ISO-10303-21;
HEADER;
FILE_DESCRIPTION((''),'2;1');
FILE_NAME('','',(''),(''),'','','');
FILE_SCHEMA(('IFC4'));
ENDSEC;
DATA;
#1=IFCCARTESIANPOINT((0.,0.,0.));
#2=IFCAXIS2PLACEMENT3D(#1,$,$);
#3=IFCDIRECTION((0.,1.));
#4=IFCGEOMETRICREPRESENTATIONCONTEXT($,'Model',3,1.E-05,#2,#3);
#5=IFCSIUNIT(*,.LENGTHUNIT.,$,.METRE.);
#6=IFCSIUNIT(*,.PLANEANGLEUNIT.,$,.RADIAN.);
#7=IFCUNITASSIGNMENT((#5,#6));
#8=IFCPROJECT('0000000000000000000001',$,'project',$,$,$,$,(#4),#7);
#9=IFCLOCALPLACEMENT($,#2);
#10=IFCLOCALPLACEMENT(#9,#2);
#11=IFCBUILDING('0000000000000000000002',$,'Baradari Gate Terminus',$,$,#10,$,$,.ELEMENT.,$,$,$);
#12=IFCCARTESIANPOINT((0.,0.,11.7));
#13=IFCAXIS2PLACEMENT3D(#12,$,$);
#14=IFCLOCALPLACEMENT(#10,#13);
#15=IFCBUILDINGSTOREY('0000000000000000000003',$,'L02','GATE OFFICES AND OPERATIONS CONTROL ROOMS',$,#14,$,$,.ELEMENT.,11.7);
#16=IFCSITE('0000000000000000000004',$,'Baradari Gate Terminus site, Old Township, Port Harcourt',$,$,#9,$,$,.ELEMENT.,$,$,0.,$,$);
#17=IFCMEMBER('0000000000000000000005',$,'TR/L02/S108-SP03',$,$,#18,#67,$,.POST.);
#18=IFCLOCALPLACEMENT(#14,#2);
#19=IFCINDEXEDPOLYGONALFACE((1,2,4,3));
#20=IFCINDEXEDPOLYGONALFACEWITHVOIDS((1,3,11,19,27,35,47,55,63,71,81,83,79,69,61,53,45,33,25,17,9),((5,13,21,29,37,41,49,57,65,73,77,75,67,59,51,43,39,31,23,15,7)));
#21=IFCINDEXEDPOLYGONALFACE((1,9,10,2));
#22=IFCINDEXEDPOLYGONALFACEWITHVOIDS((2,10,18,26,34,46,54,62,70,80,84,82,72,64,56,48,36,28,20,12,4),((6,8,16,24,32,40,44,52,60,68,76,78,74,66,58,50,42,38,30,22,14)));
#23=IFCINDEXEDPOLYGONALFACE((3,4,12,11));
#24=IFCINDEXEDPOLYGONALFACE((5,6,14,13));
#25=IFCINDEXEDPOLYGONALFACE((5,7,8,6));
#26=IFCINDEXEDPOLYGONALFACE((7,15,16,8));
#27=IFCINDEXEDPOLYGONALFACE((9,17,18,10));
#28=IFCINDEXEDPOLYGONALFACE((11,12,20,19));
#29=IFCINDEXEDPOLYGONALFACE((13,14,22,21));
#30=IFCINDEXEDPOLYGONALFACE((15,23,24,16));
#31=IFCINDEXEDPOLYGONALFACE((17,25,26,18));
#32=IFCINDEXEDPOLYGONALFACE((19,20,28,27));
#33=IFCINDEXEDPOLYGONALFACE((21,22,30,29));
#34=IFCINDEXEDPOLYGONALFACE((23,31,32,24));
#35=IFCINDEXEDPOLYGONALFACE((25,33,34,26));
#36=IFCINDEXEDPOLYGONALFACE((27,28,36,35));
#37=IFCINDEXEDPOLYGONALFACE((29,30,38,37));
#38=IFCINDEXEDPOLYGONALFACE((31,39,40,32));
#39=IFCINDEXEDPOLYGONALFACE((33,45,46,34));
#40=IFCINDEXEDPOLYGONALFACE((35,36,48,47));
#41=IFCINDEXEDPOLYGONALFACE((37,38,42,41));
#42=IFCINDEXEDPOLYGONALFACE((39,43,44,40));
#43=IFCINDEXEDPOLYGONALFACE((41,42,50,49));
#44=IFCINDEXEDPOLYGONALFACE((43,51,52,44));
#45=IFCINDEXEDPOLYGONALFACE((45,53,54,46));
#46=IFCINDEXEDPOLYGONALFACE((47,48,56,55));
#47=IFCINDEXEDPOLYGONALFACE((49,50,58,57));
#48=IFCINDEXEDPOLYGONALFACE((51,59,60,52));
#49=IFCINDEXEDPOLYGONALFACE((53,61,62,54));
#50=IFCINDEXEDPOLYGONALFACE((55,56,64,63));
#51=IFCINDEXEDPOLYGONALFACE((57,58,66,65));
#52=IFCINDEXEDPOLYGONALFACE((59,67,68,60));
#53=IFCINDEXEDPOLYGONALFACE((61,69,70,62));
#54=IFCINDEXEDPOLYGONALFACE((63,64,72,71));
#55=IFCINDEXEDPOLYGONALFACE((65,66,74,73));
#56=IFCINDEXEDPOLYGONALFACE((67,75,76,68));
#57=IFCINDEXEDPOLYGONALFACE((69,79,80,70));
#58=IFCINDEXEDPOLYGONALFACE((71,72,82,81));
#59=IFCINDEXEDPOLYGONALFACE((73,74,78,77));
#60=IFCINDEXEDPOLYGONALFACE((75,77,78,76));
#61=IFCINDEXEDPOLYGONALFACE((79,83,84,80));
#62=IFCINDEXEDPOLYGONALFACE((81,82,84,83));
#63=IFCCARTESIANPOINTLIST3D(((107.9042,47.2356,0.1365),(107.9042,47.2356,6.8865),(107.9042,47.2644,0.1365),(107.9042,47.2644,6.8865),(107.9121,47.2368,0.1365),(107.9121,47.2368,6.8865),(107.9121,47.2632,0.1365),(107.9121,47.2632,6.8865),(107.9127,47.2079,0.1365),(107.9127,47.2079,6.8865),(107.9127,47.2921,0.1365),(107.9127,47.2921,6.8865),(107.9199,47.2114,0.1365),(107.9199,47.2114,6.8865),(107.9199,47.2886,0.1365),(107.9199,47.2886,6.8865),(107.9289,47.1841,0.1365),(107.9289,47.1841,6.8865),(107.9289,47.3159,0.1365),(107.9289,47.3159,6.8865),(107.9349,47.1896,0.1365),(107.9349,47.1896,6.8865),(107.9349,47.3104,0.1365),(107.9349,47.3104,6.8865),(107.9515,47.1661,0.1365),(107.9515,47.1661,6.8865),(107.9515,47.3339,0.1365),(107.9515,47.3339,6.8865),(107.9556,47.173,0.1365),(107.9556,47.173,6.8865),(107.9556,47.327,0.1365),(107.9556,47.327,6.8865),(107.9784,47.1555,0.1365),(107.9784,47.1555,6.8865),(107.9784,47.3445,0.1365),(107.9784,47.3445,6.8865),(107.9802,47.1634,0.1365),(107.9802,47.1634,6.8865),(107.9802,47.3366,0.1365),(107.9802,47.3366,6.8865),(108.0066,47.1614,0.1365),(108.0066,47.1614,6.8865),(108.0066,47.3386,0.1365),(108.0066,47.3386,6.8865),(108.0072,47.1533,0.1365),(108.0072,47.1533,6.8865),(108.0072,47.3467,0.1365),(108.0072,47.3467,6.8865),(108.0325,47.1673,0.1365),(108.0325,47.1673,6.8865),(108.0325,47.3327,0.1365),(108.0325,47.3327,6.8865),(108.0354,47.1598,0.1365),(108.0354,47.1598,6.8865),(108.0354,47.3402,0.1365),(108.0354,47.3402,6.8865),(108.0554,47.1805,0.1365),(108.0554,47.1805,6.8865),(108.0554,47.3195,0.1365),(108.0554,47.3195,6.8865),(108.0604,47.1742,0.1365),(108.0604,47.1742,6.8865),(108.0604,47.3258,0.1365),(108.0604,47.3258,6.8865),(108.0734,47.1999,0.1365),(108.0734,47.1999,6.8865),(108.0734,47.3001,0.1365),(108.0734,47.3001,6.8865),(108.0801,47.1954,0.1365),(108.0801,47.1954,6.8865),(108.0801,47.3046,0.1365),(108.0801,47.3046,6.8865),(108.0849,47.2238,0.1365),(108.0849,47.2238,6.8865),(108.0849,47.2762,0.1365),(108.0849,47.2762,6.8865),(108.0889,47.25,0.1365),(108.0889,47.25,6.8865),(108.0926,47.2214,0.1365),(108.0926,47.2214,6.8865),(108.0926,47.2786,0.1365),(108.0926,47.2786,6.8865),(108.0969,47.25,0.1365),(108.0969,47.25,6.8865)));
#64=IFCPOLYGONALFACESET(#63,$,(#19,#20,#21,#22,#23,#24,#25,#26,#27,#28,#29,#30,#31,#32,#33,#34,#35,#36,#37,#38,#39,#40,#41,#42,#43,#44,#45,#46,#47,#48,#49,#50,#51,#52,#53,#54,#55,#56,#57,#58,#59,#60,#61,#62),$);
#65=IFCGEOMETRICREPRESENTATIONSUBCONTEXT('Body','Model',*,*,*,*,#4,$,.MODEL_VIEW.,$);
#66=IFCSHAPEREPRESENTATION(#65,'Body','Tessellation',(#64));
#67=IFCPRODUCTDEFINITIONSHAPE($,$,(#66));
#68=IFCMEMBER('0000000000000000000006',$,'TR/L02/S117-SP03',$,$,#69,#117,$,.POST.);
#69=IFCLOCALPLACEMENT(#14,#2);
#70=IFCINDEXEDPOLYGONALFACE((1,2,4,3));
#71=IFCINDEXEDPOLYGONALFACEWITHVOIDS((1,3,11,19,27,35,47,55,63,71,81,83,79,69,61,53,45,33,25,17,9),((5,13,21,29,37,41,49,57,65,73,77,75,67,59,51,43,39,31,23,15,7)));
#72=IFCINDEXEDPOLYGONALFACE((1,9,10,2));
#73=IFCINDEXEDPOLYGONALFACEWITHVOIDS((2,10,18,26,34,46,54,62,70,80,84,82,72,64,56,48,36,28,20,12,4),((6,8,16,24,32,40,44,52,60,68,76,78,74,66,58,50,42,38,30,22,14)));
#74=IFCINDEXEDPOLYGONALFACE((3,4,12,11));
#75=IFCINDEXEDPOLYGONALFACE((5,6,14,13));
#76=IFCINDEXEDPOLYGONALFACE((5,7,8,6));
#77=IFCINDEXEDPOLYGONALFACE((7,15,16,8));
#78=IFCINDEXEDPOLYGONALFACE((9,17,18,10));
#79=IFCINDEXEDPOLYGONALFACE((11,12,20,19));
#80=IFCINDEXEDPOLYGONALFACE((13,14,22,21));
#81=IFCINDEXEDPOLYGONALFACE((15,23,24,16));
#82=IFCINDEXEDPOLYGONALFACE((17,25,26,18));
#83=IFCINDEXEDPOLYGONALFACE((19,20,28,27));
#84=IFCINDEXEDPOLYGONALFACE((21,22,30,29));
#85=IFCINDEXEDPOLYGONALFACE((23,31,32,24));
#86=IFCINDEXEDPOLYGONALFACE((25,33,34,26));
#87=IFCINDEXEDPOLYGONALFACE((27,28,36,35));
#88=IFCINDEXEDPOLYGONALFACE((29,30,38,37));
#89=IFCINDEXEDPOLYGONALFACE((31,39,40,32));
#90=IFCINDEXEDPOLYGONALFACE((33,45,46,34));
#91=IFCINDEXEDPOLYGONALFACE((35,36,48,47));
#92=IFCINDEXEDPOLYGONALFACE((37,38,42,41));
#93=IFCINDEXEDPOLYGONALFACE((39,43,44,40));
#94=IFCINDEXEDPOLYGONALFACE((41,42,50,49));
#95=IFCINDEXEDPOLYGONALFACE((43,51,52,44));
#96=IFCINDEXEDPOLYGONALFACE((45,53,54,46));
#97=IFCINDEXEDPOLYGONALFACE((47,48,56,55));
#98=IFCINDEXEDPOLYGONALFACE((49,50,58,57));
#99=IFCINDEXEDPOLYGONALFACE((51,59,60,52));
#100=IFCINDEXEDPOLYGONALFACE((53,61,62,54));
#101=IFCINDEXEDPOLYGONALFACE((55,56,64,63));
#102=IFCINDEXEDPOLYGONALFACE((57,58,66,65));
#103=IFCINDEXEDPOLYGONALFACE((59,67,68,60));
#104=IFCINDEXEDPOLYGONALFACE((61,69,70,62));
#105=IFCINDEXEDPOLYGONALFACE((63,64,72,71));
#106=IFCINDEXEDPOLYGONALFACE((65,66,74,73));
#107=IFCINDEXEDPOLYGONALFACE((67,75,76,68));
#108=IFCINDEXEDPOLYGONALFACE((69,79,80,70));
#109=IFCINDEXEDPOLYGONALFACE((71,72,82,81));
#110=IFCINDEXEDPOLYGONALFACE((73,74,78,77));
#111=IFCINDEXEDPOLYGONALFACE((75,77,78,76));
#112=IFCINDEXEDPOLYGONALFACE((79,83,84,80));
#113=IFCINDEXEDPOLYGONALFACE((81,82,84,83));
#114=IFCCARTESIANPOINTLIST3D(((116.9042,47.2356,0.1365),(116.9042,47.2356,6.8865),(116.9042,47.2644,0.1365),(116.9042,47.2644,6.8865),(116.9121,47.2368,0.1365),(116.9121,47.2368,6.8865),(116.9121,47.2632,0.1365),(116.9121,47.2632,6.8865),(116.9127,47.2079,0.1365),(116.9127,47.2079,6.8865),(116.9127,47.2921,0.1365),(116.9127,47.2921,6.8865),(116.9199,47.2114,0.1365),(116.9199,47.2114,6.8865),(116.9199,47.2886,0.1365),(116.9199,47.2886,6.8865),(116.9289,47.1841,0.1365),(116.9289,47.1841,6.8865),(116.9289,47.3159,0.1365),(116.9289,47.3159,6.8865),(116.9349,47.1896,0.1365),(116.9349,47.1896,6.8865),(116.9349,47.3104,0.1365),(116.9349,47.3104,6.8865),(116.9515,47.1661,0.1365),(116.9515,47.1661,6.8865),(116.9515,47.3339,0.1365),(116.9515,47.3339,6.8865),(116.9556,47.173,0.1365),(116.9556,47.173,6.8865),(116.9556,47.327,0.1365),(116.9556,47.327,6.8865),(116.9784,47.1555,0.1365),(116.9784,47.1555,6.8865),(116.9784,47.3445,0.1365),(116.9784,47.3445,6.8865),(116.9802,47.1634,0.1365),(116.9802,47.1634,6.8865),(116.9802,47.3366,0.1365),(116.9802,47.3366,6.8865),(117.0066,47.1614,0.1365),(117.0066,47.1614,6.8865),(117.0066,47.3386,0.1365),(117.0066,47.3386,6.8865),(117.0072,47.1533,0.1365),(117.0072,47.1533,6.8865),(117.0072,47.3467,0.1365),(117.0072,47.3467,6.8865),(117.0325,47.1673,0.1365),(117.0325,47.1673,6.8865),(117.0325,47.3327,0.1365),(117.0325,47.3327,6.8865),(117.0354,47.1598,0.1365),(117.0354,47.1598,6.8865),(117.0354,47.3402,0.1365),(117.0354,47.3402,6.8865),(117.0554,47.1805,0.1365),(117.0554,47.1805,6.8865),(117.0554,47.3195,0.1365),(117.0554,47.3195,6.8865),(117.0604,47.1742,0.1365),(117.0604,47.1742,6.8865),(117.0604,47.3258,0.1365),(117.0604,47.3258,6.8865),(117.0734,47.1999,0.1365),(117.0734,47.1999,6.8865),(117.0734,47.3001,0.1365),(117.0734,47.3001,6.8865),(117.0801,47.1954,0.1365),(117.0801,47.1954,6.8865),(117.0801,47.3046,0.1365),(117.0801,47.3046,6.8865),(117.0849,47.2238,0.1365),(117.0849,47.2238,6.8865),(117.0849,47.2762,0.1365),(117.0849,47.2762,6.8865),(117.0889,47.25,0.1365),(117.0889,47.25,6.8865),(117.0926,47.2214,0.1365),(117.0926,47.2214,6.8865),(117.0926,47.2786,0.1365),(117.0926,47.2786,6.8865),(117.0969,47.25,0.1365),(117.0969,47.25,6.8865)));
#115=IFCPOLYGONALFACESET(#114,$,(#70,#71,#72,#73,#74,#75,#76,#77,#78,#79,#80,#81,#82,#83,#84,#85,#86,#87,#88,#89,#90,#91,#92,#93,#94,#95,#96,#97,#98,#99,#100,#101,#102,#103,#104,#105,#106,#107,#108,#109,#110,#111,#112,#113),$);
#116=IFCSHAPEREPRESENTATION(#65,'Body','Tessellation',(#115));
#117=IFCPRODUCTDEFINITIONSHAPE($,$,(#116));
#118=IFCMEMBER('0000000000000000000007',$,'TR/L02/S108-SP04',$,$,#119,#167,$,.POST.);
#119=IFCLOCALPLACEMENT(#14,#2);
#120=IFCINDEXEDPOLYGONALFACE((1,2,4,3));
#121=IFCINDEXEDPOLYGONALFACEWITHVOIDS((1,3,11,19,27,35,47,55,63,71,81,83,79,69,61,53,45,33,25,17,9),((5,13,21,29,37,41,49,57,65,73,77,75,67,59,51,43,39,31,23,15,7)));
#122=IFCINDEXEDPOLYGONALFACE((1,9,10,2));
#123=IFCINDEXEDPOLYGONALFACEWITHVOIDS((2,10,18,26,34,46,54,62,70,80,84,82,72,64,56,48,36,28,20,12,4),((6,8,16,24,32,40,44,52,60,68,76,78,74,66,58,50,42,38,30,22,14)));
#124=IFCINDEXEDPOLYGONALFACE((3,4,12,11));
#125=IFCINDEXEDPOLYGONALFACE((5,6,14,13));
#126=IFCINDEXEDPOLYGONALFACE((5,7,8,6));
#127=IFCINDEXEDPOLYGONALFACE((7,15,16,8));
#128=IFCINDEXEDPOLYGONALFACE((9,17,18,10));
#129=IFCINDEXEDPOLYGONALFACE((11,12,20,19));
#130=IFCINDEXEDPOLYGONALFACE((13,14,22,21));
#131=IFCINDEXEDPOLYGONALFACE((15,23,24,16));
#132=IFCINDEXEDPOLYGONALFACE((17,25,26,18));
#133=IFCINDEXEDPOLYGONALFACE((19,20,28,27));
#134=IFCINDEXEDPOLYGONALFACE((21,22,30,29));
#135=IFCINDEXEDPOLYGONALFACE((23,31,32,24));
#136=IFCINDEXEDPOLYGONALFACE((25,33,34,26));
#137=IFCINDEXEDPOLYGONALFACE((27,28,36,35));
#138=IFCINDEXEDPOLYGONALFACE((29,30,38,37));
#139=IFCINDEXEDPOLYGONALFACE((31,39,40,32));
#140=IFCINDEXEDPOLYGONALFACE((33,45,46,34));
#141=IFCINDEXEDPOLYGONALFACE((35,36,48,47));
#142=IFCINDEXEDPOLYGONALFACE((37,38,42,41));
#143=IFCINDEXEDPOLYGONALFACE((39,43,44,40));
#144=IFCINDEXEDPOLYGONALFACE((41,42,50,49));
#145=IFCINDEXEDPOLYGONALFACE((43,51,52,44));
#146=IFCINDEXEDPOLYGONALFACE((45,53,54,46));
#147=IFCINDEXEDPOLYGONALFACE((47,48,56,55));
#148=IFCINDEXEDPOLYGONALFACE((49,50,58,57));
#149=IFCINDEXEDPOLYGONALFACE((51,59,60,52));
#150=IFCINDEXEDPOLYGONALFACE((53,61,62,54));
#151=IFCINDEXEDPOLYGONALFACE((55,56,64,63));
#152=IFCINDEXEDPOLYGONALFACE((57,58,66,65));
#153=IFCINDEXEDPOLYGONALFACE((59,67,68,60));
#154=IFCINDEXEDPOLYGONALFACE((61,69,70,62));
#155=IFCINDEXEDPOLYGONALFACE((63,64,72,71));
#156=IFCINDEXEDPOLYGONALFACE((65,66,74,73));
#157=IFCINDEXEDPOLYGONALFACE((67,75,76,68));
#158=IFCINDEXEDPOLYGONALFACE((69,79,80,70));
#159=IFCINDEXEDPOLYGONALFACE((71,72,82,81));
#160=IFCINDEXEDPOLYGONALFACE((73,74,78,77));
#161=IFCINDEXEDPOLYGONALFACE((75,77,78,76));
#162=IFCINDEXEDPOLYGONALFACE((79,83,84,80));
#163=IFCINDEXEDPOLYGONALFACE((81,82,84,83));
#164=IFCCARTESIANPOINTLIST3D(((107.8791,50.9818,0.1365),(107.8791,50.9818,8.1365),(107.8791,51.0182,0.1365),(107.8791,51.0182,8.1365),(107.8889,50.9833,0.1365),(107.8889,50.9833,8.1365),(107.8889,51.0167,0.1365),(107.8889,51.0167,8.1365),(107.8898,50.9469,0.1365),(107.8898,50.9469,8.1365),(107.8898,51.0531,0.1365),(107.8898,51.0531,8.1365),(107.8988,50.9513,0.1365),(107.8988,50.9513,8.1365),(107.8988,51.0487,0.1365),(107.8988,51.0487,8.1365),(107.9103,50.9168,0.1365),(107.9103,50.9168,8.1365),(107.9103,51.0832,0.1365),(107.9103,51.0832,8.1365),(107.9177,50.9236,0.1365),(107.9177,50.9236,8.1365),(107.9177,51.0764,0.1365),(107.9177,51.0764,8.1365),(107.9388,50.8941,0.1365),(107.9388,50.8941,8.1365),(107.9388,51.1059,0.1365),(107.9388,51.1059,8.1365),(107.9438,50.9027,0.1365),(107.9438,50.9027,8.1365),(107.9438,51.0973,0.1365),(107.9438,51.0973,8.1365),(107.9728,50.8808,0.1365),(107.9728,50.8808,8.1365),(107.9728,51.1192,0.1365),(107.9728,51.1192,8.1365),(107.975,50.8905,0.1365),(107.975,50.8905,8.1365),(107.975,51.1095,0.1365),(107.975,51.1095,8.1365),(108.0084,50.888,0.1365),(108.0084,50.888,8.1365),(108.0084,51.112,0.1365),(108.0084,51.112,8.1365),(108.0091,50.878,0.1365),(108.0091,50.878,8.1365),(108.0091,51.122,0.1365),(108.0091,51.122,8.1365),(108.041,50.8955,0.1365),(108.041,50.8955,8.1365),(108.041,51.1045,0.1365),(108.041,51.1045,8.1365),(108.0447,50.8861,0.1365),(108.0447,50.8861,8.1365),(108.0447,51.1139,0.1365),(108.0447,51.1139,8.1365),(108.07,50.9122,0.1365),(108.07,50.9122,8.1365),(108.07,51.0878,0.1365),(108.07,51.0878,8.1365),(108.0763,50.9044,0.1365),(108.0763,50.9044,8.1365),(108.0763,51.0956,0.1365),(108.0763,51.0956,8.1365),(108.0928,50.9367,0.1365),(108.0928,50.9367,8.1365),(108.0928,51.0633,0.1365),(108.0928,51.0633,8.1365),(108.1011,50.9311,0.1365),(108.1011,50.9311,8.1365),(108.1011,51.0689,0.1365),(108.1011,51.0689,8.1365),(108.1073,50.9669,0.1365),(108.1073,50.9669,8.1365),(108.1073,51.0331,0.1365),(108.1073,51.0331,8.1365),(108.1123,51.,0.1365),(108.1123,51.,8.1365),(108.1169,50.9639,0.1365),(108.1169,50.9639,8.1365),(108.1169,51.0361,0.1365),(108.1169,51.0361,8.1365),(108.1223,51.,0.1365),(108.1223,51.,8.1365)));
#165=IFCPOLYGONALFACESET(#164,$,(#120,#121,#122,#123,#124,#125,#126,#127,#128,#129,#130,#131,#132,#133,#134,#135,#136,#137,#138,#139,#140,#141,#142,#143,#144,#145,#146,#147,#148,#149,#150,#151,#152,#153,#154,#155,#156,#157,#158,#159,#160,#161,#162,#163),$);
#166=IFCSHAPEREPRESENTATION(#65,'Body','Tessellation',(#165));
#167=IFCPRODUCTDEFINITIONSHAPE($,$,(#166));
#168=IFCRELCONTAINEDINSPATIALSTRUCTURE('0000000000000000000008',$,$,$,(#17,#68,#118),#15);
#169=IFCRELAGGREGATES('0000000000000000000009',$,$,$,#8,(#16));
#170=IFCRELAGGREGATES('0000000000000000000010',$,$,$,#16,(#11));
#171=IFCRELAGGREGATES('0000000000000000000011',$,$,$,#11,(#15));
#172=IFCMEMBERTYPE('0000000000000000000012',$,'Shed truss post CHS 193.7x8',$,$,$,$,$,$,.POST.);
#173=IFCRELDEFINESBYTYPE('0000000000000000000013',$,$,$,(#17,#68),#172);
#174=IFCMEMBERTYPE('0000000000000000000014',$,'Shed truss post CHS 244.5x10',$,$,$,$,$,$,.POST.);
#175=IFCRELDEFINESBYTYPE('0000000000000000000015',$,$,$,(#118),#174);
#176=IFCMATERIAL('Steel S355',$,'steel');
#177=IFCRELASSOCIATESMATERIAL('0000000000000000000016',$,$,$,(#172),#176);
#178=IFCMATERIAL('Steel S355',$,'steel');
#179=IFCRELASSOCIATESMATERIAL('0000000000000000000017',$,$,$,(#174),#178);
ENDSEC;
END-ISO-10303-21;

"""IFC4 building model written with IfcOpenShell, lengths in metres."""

from ifc_helpers import new_model, si_unit, direction, frame, origin, origin_2d, place, context, subcontext, project, spatial, hollow_circle, extrude, material, material_profile, profile_set, type_object, element, save


model = new_model("IFC4")

# Units and contexts
model_context = context("Model", 3, precision=1e-05, world=origin(), true_north=direction((0.0, 1.0)))
body_context = subcontext(model_context, "Body", "Model", "MODEL_VIEW")
ifc_project = project(units=[si_unit("LENGTHUNIT", "METRE"), si_unit("PLANEANGLEUNIT", "RADIAN")], contexts=[model_context])

# Site, building, storey
site_placement = place(None, origin())
site = spatial("IfcSite", under=ifc_project, at=site_placement, Name="Baradari Gate Terminus site, Old Township, Port Harcourt", CompositionType="ELEMENT", RefElevation=0.0)
building_placement = place(site_placement, origin())
building = spatial("IfcBuilding", under=site, at=building_placement, Name="Baradari Gate Terminus", CompositionType="ELEMENT")
storey_placement = place(building_placement, frame((0.0, 0.0, 11.7)))
storey = spatial("IfcBuildingStorey", under=building, at=storey_placement, Name="L02", Description="GATE OFFICES AND OPERATIONS CONTROL ROOMS", CompositionType="ELEMENT", Elevation=11.7)

# Members
ifc_material_1 = material(Name="Steel S355", Category="steel")
ifc_material_profile_1 = material_profile(ifc_material_1, hollow_circle(Radius=0.0969, WallThickness=0.0081, at=origin_2d()), Name="CHS 193.7x8")
ifc_profile_set_1 = profile_set([ifc_material_profile_1], Name="Steel S355")
member_type_1 = type_object("IfcMemberType", Name="Shed truss post CHS 193.7x8", PredefinedType="POST", material=ifc_profile_set_1)
for number, where, z_axis, x_axis, name in (
    (1, (108.0, 47.25, 0.1365), (0.0, 0.0, 1.0), (1.0, 0.0, 0.0), "TR/L02/S108-SP03"),
    (2, (117.0, 47.25, 0.1365), (0.0, 0.0, 1.0), (1.0, 0.0, 0.0), "TR/L02/S117-SP03"),
):
    element("IfcMember", number, at=place(storey_placement, frame(where, z_axis=z_axis, x_axis=x_axis)), inside=storey, type_object=member_type_1, Name=name, PredefinedType="POST", context=body_context, shape_type="SweptSolid", body=[
        extrude(hollow_circle(Radius=0.0969, WallThickness=0.0081, at=origin_2d()), origin(), (0.0, 0.0, 1.0), 6.75),
    ])
ifc_material_2 = material(Name="Steel S355", Category="steel")
ifc_material_profile_2 = material_profile(ifc_material_2, hollow_circle(Radius=0.1223, WallThickness=0.01, at=origin_2d()), Name="CHS 244.5x10")
ifc_profile_set_2 = profile_set([ifc_material_profile_2], Name="Steel S355")
member_type_2 = type_object("IfcMemberType", Name="Shed truss post CHS 244.5x10", PredefinedType="POST", material=ifc_profile_set_2)
member_1_placement = place(storey_placement, frame((108.0, 51.0, 0.1365), z_axis=(0.0, 0.0, 1.0), x_axis=(1.0, 0.0, 0.0)))
element("IfcMember", 3, at=member_1_placement, inside=storey, type_object=member_type_2, Name="TR/L02/S108-SP04", PredefinedType="POST", context=body_context, shape_type="SweptSolid", body=[
    extrude(hollow_circle(Radius=0.1223, WallThickness=0.01, at=origin_2d()), origin(), (0.0, 0.0, 1.0), 8.0),
])

save(model, "model.ifc")
